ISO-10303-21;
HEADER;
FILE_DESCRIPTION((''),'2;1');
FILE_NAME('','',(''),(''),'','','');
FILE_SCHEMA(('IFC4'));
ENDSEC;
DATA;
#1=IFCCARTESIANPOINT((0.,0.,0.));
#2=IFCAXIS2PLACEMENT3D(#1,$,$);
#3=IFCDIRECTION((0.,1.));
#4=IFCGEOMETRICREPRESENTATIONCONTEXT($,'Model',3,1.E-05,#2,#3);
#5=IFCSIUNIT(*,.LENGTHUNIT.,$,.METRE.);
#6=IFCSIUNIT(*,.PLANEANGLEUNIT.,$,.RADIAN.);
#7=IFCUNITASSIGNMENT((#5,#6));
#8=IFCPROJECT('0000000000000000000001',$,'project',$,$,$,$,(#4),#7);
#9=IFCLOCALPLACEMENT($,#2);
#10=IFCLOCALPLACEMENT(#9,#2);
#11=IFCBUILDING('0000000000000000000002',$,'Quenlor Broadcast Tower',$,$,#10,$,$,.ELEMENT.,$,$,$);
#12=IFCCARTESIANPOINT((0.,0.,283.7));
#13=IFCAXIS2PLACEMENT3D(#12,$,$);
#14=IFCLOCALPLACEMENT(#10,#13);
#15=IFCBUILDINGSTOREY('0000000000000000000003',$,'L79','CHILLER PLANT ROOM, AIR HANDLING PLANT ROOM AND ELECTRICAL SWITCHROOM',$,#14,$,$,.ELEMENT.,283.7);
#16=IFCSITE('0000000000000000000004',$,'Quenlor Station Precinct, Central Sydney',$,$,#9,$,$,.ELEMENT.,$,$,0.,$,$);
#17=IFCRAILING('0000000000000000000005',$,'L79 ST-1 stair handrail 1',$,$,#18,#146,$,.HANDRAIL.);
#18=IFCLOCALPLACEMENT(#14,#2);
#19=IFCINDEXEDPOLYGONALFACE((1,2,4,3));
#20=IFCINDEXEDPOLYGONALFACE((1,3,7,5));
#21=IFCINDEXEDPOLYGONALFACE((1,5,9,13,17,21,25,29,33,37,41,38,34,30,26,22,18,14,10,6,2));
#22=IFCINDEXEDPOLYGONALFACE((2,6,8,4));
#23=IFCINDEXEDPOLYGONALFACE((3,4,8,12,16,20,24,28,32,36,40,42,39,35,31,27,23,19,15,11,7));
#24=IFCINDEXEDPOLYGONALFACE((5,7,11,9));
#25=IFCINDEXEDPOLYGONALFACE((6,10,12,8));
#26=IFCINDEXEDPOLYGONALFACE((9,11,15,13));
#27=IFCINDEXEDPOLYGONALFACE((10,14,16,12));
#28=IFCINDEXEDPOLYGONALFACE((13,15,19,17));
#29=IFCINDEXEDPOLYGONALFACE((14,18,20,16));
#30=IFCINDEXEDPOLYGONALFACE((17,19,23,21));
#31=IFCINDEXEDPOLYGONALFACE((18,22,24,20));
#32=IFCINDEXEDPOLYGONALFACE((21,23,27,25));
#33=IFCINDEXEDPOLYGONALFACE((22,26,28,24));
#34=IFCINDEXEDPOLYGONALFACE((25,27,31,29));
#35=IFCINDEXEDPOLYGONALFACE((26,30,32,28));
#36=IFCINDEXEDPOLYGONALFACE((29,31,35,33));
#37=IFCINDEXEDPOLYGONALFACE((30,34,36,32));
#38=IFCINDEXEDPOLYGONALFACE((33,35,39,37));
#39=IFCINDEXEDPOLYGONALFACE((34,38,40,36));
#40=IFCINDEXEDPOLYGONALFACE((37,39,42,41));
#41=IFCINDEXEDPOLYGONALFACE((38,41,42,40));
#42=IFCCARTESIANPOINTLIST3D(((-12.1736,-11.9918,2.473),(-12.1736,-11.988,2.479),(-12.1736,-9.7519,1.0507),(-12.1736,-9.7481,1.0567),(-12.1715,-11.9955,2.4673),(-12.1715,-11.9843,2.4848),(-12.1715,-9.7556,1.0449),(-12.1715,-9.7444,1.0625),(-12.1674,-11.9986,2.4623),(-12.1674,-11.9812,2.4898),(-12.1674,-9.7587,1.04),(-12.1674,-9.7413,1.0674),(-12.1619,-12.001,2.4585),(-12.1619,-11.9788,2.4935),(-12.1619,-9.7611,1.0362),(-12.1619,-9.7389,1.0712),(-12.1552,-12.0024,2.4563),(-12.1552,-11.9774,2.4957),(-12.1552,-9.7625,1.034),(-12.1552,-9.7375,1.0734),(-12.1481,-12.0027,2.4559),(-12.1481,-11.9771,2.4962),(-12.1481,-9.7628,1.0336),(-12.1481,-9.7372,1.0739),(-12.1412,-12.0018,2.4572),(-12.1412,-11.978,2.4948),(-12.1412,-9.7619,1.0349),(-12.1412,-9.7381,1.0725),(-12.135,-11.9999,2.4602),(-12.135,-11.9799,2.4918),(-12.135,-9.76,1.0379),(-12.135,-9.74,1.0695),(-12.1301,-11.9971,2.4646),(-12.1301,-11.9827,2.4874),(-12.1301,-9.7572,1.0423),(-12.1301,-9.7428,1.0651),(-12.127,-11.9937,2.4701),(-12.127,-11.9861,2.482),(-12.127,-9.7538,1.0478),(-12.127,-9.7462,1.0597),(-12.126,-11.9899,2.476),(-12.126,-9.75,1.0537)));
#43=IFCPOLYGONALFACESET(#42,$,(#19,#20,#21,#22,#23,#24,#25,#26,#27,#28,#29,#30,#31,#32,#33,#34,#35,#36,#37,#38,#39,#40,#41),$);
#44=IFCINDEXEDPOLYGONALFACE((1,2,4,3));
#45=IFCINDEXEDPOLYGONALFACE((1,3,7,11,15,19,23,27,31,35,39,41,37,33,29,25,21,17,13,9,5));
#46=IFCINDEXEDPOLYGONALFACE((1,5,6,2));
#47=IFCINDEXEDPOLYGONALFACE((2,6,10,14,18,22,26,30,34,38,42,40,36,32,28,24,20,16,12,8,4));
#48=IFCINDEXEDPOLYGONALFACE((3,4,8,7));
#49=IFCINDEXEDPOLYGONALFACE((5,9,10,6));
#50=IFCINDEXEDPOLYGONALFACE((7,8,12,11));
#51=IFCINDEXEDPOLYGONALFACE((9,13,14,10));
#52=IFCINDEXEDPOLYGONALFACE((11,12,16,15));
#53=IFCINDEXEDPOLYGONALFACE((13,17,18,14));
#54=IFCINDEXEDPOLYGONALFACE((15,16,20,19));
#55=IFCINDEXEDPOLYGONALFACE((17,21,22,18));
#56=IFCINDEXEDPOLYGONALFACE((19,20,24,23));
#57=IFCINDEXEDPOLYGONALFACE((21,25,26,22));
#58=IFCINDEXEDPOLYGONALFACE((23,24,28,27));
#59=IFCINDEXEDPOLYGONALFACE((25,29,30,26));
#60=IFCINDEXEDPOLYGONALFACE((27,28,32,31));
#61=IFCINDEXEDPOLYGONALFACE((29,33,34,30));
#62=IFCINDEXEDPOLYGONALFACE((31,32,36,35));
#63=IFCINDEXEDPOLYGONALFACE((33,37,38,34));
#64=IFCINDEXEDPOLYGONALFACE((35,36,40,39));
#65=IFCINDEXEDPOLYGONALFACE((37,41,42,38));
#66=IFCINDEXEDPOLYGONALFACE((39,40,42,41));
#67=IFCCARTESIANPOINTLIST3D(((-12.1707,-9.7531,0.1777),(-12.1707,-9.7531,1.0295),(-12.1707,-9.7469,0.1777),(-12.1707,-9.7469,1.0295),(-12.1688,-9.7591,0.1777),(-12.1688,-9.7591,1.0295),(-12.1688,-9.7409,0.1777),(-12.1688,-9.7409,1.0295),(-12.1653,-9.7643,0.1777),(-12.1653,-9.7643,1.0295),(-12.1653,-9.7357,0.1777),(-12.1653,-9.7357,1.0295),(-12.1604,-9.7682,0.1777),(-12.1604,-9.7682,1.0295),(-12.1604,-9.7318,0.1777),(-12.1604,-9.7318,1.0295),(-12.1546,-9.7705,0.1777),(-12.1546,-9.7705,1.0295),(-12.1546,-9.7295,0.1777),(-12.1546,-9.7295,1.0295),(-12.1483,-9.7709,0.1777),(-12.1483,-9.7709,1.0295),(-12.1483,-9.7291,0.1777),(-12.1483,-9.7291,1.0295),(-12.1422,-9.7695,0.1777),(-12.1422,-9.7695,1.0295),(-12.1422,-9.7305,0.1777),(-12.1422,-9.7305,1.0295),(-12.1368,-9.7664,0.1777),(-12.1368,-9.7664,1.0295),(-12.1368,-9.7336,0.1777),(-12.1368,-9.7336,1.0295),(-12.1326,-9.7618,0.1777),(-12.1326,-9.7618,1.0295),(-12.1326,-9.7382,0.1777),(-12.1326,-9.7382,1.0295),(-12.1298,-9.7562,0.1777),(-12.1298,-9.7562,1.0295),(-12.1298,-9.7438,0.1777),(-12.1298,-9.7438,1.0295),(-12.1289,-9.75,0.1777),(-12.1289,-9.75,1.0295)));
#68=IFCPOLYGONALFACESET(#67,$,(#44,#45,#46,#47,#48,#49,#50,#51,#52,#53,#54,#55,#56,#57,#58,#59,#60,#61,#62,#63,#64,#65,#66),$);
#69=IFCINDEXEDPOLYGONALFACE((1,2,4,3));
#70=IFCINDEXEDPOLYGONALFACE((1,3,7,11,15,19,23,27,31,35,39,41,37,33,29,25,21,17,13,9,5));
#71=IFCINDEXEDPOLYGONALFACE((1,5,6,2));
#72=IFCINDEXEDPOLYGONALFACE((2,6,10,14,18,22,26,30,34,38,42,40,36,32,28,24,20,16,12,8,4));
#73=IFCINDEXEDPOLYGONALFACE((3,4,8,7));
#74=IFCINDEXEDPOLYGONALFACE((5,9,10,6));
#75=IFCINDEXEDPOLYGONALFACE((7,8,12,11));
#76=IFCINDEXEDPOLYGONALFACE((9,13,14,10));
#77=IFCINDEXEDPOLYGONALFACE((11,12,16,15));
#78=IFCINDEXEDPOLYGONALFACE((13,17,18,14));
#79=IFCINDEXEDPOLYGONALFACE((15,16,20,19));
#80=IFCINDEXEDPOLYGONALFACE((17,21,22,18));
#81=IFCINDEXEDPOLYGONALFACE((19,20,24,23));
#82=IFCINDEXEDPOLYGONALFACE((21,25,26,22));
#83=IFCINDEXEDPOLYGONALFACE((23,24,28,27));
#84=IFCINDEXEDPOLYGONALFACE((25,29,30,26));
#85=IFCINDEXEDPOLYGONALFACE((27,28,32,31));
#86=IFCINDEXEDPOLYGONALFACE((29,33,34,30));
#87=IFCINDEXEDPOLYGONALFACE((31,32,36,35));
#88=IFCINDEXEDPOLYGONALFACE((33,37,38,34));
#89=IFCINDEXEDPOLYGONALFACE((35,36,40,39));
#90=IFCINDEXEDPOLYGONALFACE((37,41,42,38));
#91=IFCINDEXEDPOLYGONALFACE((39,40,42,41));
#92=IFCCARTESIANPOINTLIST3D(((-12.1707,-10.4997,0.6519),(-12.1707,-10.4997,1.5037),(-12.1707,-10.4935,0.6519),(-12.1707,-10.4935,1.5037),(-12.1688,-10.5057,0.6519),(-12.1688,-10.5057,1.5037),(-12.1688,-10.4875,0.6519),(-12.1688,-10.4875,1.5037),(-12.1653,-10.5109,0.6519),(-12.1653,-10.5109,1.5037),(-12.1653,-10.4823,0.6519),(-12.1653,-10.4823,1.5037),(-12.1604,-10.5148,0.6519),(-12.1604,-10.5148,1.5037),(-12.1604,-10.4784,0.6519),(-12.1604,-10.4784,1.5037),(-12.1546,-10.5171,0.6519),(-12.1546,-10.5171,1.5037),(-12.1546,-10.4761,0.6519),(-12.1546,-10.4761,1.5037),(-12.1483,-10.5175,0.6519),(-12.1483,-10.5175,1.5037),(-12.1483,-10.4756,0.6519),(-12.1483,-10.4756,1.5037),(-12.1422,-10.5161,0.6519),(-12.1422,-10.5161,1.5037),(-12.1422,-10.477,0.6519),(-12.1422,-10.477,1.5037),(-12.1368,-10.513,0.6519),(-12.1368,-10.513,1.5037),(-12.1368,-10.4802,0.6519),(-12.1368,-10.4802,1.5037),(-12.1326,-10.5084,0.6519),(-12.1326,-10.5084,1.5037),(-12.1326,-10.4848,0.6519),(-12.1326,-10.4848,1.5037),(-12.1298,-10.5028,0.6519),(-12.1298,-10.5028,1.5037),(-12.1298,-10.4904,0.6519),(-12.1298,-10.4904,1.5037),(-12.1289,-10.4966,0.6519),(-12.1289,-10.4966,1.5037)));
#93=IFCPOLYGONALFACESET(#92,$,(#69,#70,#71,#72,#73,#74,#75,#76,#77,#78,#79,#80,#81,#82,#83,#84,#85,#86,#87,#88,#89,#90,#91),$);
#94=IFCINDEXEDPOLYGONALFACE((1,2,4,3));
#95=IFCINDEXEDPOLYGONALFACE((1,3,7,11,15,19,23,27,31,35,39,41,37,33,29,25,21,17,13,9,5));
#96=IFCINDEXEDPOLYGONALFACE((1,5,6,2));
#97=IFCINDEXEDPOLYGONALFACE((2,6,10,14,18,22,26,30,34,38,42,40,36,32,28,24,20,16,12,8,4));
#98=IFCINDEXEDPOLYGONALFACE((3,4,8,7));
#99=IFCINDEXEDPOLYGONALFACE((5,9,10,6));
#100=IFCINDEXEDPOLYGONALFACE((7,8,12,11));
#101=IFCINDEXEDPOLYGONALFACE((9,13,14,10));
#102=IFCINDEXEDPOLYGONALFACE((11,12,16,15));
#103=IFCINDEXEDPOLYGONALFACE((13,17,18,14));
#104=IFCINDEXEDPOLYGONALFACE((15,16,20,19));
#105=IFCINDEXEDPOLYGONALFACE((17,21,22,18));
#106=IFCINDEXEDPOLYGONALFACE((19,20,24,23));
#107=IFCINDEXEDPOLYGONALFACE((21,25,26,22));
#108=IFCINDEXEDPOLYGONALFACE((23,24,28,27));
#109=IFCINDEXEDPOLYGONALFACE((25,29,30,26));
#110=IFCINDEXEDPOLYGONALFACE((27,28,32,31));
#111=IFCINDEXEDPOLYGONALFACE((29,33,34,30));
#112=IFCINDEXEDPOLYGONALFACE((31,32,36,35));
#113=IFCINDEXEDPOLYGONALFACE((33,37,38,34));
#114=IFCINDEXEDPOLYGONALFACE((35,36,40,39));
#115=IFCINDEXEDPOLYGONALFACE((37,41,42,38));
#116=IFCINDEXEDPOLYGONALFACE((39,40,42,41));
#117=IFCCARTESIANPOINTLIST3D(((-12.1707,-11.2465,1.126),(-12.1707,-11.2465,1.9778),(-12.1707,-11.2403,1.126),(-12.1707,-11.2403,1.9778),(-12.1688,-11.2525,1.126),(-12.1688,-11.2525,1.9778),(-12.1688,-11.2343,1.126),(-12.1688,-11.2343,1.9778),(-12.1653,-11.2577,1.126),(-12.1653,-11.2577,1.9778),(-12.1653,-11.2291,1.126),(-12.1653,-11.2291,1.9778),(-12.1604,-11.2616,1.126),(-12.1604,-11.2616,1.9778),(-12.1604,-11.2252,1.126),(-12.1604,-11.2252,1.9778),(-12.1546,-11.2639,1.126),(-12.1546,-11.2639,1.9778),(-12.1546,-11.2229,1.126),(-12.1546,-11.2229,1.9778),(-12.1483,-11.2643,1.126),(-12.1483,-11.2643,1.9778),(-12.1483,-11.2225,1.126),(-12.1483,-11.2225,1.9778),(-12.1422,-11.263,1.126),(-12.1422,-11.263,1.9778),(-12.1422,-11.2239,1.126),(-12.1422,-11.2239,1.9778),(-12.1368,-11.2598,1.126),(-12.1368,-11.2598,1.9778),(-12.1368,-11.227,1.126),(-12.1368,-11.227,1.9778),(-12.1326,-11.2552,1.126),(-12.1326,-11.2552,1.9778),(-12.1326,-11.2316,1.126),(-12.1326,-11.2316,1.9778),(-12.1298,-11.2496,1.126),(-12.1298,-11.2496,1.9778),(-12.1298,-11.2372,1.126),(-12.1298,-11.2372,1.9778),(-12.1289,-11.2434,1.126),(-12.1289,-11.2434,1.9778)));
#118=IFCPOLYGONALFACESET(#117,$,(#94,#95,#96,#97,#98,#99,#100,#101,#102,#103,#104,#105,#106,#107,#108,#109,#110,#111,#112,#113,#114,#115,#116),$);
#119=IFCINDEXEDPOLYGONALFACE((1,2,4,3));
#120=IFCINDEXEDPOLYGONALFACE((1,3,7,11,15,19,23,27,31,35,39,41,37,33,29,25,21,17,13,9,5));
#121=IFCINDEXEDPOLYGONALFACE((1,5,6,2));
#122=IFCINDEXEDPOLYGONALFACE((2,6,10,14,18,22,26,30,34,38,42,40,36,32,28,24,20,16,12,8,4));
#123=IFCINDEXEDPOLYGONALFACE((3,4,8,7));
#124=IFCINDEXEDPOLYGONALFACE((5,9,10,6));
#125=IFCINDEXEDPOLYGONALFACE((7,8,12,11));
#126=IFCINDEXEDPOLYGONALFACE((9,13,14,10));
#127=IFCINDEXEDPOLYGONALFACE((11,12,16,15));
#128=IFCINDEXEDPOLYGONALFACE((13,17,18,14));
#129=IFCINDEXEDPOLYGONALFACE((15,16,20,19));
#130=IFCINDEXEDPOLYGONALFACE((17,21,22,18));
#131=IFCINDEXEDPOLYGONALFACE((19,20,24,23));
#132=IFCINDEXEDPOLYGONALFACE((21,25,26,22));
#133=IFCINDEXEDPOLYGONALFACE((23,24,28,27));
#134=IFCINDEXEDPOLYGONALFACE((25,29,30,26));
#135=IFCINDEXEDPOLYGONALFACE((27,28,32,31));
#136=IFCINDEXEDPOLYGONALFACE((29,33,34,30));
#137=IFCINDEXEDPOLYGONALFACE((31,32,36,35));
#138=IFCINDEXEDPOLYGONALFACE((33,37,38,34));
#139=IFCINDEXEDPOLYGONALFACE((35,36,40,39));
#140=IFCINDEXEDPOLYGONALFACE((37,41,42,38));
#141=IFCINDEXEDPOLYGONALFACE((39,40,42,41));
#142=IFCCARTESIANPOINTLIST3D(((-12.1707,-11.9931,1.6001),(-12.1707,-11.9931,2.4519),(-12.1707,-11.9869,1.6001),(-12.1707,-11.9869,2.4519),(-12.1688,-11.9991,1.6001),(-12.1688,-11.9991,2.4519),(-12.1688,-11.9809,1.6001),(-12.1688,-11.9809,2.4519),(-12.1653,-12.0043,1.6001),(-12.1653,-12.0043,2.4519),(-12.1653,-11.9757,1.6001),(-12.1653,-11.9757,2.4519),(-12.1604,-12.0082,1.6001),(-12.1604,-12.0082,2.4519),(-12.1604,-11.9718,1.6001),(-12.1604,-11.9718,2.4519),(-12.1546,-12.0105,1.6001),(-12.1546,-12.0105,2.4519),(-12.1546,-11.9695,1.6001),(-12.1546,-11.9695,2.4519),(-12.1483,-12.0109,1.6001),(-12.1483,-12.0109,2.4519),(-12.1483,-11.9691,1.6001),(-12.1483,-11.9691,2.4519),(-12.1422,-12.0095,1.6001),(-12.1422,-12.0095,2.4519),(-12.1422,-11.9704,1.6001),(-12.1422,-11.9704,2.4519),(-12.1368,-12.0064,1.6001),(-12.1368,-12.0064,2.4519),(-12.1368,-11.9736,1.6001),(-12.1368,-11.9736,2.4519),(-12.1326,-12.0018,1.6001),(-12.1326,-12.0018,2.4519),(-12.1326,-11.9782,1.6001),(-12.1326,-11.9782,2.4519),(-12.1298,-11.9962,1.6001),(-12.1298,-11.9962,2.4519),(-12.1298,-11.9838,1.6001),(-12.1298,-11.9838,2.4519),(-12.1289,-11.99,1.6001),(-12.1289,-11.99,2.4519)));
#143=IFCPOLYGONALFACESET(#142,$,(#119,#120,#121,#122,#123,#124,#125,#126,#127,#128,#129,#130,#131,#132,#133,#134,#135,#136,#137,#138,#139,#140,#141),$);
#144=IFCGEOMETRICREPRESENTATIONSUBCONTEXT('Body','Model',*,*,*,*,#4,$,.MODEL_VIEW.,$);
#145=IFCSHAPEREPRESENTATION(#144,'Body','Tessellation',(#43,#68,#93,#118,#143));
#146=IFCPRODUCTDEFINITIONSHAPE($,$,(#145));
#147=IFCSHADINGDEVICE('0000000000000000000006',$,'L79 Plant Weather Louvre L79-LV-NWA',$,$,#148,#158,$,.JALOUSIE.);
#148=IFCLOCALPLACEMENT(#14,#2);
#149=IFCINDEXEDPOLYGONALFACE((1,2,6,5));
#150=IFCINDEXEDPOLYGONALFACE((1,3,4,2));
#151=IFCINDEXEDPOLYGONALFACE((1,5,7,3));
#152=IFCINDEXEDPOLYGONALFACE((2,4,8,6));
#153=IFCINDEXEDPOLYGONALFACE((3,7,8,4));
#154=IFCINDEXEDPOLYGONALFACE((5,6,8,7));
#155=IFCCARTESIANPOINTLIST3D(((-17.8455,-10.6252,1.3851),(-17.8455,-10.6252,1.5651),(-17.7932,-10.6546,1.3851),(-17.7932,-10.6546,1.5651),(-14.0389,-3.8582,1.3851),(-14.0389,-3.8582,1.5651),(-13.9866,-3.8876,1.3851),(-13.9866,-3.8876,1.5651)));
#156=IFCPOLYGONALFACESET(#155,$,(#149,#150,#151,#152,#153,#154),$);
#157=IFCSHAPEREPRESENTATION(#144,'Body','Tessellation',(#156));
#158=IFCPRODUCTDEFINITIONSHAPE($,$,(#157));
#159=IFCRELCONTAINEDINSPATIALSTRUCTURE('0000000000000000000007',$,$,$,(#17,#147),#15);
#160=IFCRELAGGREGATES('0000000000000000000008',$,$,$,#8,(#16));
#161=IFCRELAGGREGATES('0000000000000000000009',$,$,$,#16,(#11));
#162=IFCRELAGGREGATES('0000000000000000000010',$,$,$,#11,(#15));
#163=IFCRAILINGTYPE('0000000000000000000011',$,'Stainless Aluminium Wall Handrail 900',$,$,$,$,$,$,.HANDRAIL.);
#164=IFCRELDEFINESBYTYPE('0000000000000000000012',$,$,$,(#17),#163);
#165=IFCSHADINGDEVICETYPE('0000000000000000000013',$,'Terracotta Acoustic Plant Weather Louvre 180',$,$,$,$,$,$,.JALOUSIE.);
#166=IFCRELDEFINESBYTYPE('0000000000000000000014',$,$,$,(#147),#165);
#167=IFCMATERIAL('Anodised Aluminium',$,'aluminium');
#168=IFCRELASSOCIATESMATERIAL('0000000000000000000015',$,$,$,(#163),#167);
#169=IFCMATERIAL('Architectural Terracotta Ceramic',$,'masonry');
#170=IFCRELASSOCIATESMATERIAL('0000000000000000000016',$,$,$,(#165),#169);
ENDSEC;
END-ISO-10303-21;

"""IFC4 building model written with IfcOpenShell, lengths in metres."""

from ifc_helpers import new_model, si_unit, direction, frame, origin, origin_2d, place, context, subcontext, project, spatial, rectangle, circle, extrude, material, material_profile, profile_set, type_object, element, save


model = new_model("IFC4")

# Units and contexts
model_context = context("Model", 3, precision=1e-05, world=origin(), true_north=direction((0.0, 1.0)))
body_context = subcontext(model_context, "Body", "Model", "MODEL_VIEW")
ifc_project = project(units=[si_unit("LENGTHUNIT", "METRE"), si_unit("PLANEANGLEUNIT", "RADIAN")], contexts=[model_context])

# Site, building, storey
site_placement = place(None, origin())
site = spatial("IfcSite", under=ifc_project, at=site_placement, Name="Quenlor Station Precinct, Central Sydney", CompositionType="ELEMENT", RefElevation=0.0)
building_placement = place(site_placement, origin())
building = spatial("IfcBuilding", under=site, at=building_placement, Name="Quenlor Broadcast Tower", CompositionType="ELEMENT")
storey_placement = place(building_placement, frame((0.0, 0.0, 283.7)))
storey = spatial("IfcBuildingStorey", under=building, at=storey_placement, Name="L79", Description="CHILLER PLANT ROOM, AIR HANDLING PLANT ROOM AND ELECTRICAL SWITCHROOM", CompositionType="ELEMENT", Elevation=283.7)

# Railing
ifc_material_1 = material(Name="Anodised Aluminium", Category="aluminium")
railing_type_1 = type_object("IfcRailingType", Name="Stainless Aluminium Wall Handrail 900", PredefinedType="HANDRAIL", material=ifc_material_1)
railing_1_placement = place(storey_placement, frame((-12.1499, -9.75, 0.1777)))
element("IfcRailing", 1, at=railing_1_placement, inside=storey, type_object=railing_type_1, Name="L79 ST-1 stair handrail 1", PredefinedType="HANDRAIL", context=body_context, shape_type="SweptSolid", body=[
    extrude(circle(Radius=0.0239, at=origin_2d()), frame((0.0, 0.0, 0.876), z_axis=(0.0, -0.844188, 0.536048), x_axis=(1.0, 0.0, 0.0)), (0.0, 0.0, 1.0), 2.6533),
    extrude(circle(Radius=0.021, at=origin_2d()), origin(), (0.0, 0.0, 1.0), 0.8518),
    extrude(circle(Radius=0.021, at=origin_2d()), frame((0.0, -0.7466, 0.4741)), (0.0, 0.0, 1.0), 0.8518),
    extrude(circle(Radius=0.021, at=origin_2d()), frame((0.0, -1.4934, 0.9482)), (0.0, 0.0, 1.0), 0.8518),
    extrude(circle(Radius=0.021, at=origin_2d()), frame((0.0, -2.24, 1.4224)), (0.0, 0.0, 1.0), 0.8518),
])

# Shading device
ifc_material_2 = material(Name="Architectural Terracotta Ceramic", Category="masonry")
ifc_material_profile_1 = material_profile(ifc_material_2, rectangle(XDim=0.0601, YDim=0.1799, at=origin_2d()))
ifc_profile_set_1 = profile_set([ifc_material_profile_1], Name="Architectural Terracotta Ceramic LVR60x180")
shading_device_type = type_object("IfcShadingDeviceType", Name="Terracotta Acoustic Plant Weather Louvre 180", PredefinedType="JALOUSIE", material=ifc_profile_set_1)
shading_device_placement = place(storey_placement, frame((-17.8193, -10.6399, 1.4751), z_axis=(0.490276, 0.871567, 0.0), x_axis=(-0.871567, 0.490276, 0.0)))
element("IfcShadingDevice", 2, at=shading_device_placement, inside=storey, type_object=shading_device_type, Name="L79 Plant Weather Louvre L79-LV-NWA", PredefinedType="JALOUSIE", context=body_context, shape_type="SweptSolid", body=[
    extrude(rectangle(XDim=0.0601, YDim=0.1799, at=origin_2d()), origin(), (0.0, 0.0, 1.0), 7.7642),
])

save(model, "model.ifc")
